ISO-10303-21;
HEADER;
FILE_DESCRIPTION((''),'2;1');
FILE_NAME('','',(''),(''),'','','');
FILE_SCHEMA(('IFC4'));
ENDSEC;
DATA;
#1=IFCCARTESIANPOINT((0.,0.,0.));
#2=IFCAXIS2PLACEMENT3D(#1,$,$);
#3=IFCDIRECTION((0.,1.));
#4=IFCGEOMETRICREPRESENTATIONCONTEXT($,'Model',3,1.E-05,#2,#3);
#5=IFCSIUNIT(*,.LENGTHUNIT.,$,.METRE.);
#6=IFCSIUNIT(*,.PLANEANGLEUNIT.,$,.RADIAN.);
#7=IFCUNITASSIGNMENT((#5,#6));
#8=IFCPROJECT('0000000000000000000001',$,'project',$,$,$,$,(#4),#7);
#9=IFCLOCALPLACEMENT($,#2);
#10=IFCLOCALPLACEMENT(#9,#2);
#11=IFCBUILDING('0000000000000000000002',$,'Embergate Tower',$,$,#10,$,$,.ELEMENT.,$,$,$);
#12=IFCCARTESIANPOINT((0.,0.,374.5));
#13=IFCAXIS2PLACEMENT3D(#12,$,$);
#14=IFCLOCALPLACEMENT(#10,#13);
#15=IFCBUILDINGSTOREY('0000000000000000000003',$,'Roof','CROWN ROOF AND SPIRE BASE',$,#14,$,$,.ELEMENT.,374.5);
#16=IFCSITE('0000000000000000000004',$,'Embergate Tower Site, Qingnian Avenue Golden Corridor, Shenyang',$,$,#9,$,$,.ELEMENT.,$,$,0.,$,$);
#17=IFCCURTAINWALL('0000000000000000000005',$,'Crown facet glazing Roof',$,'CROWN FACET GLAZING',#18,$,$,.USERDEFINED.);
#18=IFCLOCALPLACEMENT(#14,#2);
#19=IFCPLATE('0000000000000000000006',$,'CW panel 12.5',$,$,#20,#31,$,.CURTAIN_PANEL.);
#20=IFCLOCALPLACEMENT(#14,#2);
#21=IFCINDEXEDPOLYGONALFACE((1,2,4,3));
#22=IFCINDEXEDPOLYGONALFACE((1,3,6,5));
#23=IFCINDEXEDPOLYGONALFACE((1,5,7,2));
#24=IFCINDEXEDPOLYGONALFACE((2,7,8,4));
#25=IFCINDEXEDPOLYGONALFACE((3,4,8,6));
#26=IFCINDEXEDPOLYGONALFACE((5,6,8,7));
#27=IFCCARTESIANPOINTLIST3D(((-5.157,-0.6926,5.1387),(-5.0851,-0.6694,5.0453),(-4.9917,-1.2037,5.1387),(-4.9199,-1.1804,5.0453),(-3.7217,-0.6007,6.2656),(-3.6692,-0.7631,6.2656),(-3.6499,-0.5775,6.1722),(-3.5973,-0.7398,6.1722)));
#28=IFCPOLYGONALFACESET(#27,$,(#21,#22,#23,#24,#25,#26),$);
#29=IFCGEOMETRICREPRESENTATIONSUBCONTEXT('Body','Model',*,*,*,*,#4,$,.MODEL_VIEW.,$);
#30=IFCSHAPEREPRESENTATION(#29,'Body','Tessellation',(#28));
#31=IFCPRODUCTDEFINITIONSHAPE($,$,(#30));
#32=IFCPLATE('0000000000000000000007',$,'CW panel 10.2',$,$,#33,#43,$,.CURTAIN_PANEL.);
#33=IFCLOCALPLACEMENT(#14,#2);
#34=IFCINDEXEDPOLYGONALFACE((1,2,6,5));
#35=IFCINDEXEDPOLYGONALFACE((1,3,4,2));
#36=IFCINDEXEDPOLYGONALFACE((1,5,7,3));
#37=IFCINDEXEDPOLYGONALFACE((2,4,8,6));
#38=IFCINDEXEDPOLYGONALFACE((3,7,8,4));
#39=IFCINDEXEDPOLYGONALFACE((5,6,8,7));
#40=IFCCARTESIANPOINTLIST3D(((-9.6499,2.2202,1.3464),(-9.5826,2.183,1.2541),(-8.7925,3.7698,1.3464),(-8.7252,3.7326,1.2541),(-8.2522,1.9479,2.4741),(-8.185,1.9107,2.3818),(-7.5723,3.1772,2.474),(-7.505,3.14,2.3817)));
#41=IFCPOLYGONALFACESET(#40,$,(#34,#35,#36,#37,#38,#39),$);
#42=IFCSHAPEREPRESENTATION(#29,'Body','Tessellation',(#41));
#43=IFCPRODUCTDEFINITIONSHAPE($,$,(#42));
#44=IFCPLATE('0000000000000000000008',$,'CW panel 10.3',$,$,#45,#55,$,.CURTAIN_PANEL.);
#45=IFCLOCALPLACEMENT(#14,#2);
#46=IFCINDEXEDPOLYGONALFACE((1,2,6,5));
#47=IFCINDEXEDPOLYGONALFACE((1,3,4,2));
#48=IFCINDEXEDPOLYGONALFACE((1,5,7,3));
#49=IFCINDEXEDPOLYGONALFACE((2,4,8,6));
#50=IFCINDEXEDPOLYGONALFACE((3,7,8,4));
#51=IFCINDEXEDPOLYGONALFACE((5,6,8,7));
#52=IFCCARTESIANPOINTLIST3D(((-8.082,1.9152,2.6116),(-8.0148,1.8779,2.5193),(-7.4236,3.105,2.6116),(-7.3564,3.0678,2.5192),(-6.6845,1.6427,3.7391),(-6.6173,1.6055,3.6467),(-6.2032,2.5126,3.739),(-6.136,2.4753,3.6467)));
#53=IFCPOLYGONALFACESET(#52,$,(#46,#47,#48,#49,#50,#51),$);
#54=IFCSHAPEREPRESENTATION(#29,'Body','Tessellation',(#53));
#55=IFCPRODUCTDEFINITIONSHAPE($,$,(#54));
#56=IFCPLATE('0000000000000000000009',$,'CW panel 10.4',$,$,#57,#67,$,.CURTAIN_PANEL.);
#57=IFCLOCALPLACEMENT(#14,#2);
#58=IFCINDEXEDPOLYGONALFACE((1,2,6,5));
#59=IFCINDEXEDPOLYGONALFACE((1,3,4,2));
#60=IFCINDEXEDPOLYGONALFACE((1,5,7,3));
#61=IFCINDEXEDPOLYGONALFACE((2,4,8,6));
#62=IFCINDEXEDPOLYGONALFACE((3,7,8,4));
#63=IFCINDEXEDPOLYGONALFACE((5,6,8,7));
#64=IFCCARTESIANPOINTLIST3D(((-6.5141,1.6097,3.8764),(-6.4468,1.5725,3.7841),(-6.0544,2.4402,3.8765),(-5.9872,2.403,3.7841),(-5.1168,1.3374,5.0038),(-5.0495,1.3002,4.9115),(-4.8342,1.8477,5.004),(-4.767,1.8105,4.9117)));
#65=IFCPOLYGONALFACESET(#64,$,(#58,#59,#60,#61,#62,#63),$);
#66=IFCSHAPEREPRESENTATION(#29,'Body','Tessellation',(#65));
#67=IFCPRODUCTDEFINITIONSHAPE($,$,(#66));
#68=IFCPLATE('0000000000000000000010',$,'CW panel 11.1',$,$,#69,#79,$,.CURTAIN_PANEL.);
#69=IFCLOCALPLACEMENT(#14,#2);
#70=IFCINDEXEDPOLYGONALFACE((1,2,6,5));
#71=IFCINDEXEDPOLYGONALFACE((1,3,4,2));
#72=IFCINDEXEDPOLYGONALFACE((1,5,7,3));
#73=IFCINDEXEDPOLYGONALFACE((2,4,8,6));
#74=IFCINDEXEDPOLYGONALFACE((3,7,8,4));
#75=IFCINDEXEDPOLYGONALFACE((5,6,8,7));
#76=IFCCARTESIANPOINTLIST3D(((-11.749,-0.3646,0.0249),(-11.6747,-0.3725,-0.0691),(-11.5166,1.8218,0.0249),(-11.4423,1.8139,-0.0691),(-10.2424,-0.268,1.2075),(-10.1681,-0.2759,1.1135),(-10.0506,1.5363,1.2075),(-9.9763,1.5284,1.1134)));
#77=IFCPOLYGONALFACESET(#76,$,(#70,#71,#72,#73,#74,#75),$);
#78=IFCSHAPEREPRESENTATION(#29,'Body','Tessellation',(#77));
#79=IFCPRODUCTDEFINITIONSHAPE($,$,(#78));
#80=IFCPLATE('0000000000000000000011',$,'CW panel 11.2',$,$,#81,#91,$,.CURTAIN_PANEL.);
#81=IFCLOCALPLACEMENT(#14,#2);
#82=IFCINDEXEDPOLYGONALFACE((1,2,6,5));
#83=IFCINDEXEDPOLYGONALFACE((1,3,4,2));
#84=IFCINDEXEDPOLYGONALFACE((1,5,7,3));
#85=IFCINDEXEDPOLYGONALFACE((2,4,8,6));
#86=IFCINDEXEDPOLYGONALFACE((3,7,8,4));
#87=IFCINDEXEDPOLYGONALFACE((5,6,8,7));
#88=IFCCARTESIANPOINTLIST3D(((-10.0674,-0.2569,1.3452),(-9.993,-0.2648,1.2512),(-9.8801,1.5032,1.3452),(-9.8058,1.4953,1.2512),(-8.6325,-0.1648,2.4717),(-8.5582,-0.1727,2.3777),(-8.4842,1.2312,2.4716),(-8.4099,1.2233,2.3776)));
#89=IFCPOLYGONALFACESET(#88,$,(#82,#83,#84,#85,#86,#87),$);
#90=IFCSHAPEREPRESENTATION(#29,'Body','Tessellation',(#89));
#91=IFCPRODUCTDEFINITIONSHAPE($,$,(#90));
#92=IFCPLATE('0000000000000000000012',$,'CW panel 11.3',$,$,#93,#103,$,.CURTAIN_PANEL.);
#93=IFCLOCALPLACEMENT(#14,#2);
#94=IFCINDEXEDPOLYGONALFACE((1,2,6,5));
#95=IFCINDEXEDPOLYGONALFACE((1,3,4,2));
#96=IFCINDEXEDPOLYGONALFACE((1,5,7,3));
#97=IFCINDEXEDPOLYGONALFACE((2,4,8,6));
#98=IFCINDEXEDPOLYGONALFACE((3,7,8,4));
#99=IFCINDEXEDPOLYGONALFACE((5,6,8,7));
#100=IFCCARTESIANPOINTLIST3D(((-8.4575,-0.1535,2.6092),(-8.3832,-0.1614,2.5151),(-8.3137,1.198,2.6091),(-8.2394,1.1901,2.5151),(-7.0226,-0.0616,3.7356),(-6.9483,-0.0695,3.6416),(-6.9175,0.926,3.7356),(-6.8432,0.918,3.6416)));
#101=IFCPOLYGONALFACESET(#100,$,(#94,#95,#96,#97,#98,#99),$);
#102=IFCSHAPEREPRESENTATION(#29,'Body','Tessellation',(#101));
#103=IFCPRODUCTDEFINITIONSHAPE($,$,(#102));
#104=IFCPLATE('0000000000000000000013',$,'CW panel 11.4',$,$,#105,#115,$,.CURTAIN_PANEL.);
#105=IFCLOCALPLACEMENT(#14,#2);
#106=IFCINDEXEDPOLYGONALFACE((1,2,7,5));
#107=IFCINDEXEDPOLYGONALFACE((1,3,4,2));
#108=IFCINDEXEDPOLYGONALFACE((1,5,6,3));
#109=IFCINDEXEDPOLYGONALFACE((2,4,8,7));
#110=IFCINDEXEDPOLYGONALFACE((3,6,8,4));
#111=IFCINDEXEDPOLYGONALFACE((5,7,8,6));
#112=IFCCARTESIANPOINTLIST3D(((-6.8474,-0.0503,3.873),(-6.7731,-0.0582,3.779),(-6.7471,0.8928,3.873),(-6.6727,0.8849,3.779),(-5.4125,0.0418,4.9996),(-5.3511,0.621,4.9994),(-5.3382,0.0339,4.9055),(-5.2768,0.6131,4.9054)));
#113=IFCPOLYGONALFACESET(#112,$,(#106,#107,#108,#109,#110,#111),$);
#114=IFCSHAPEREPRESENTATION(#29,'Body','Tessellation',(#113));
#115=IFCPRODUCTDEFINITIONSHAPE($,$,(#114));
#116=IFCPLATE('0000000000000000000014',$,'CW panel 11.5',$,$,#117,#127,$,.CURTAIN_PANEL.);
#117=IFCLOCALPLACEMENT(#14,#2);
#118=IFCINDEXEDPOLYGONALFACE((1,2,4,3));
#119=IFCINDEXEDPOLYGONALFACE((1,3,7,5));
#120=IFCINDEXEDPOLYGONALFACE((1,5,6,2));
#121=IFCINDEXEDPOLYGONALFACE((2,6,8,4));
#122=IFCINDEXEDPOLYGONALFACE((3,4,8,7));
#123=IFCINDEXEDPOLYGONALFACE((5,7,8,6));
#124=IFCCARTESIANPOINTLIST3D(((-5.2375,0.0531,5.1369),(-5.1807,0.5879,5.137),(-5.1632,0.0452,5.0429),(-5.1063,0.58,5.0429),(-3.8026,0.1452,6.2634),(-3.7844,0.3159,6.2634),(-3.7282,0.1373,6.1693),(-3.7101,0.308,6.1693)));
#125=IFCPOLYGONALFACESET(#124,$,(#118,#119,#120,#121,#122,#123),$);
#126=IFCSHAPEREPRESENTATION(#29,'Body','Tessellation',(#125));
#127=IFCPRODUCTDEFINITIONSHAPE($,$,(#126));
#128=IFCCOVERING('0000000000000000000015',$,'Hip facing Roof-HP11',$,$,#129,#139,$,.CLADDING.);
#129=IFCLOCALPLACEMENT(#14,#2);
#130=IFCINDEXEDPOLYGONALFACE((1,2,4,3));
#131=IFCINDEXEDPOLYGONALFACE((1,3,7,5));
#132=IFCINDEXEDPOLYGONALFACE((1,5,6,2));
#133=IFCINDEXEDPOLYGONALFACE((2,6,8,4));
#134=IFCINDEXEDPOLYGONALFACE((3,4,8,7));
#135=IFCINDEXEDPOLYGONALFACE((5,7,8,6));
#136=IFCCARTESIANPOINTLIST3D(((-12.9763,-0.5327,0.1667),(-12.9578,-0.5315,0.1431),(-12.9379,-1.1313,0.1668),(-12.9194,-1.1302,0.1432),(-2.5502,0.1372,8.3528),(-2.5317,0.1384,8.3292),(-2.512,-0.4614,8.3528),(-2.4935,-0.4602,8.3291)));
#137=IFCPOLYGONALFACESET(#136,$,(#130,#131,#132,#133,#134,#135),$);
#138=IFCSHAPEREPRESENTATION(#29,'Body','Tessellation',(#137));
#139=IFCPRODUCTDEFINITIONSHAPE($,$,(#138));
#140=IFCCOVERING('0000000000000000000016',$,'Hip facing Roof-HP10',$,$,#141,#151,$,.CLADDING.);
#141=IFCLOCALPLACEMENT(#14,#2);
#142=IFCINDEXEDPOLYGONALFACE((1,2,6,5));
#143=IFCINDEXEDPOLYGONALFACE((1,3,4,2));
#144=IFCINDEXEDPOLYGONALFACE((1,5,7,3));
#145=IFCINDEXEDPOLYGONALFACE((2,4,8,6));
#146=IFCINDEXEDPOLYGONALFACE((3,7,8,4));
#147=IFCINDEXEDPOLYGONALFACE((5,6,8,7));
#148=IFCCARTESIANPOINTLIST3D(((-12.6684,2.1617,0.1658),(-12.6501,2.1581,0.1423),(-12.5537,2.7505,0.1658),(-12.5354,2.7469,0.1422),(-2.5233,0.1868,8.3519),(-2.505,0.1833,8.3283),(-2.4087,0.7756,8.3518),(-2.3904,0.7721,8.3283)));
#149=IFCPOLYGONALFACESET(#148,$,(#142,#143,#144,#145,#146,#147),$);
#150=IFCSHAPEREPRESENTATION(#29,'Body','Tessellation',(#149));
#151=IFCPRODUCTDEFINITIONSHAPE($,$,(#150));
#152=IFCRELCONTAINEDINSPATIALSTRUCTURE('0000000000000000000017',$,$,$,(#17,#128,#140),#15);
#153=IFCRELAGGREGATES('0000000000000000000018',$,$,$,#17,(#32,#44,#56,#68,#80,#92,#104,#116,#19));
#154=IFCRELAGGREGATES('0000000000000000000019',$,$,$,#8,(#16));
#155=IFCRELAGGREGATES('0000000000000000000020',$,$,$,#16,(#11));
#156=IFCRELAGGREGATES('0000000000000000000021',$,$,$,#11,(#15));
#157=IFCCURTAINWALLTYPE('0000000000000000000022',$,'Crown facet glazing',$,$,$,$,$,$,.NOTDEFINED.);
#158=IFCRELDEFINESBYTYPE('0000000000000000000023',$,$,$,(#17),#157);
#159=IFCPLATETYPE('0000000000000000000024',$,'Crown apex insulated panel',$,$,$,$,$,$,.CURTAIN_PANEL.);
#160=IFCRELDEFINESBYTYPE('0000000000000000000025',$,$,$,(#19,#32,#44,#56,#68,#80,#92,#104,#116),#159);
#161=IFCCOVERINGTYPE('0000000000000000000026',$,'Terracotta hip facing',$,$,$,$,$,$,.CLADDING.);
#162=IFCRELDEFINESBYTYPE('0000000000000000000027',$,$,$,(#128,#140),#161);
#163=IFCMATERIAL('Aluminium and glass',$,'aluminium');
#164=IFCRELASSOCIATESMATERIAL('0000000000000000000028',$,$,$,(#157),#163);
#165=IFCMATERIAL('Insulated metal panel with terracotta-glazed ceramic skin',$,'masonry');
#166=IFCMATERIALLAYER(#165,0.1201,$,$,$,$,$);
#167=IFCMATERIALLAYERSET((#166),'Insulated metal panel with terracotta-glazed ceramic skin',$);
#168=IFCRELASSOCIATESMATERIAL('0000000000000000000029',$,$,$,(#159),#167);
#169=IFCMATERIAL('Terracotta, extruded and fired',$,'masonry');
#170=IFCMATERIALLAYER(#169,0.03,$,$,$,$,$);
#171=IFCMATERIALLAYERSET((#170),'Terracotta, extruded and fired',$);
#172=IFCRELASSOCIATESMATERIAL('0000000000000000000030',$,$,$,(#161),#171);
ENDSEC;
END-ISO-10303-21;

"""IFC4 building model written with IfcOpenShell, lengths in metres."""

from ifc_helpers import new_model, si_unit, direction, frame, origin, place, context, subcontext, project, spatial, polyline, outline, extrude, source, transform, mapped, material, layer, layer_set, type_object, element, aggregate, save


model = new_model("IFC4")

# Units and contexts
model_context = context("Model", 3, precision=1e-05, world=origin(), true_north=direction((0.0, 1.0)))
body_context = subcontext(model_context, "Body", "Model", "MODEL_VIEW")
ifc_project = project(units=[si_unit("LENGTHUNIT", "METRE"), si_unit("PLANEANGLEUNIT", "RADIAN")], contexts=[model_context])

# Site, building, storey
site_placement = place(None, origin())
site = spatial("IfcSite", under=ifc_project, at=site_placement, Name="Embergate Tower Site, Qingnian Avenue Golden Corridor, Shenyang", CompositionType="ELEMENT", RefElevation=0.0)
building_placement = place(site_placement, origin())
building = spatial("IfcBuilding", under=site, at=building_placement, Name="Embergate Tower", CompositionType="ELEMENT")
storey_placement = place(building_placement, frame((0.0, 0.0, 374.5)))
storey = spatial("IfcBuildingStorey", under=building, at=storey_placement, Name="Roof", Description="CROWN ROOF AND SPIRE BASE", CompositionType="ELEMENT", Elevation=374.5)

# Curtain wall, plates
ifc_material_1 = material(Name="Aluminium and glass", Category="aluminium")
curtain_wall_type = type_object("IfcCurtainWallType", Name="Crown facet glazing", PredefinedType="NOTDEFINED", material=ifc_material_1)
curtain_wall_placement = place(storey_placement, origin())
curtain_wall = element("IfcCurtainWall", 1, at=curtain_wall_placement, inside=storey, type_object=curtain_wall_type, Name="Crown facet glazing Roof", ObjectType="CROWN FACET GLAZING", PredefinedType="USERDEFINED")
ifc_material_2 = material(Name="Insulated metal panel with terracotta-glazed ceramic skin", Category="masonry")
ifc_layer_1 = layer(ifc_material_2, 0.1201)
ifc_layer_set_1 = layer_set([ifc_layer_1], Name="Insulated metal panel with terracotta-glazed ceramic skin")
plate_type = type_object("IfcPlateType", Name="Crown apex insulated panel", PredefinedType="CURTAIN_PANEL", material=ifc_layer_set_1)
shared_shape_1 = source(origin(), body_context, "Body", "SweptSolid", [
    extrude(outline(polyline([(0.0, 0.0), (0.5371, 0.0), (0.5249, 1.7925), (0.3542, 1.7925), (0.0, 0.0)])), origin(), (0.0, 0.0, -1.0), 0.1201),
])
plate_1_placement = place(storey_placement, frame((-5.157, -0.6926, 5.1387), z_axis=(-0.598213, -0.193406, 0.777647), x_axis=(0.307707, -0.951481, 0.000068)))
plate_1 = element("IfcPlate", 2, at=plate_1_placement, type_object=plate_type, Name="CW panel 12.5", PredefinedType="CURTAIN_PANEL", context=body_context, shape_type="MappedRepresentation", body=[
    mapped(shared_shape_1, transform((0.0, 0.0, 0.0))),
])
shared_shape_2 = source(origin(), body_context, "Body", "SweptSolid", [
    extrude(outline(polyline([(0.0, 0.0), (1.771, 0.0), (1.3325, 1.7627), (-0.0723, 1.7625), (0.0, 0.0)])), origin(), (0.0, 0.0, -1.0), 0.1201),
])
plate_2_placement = place(storey_placement, frame((-8.7925, 3.7698, 1.3464), z_axis=(-0.559818, 0.309715, 0.768558), x_axis=(-0.484131, -0.874996, -0.000034)))
plate_2 = element("IfcPlate", 3, at=plate_2_placement, type_object=plate_type, Name="CW panel 10.2", PredefinedType="CURTAIN_PANEL", context=body_context, shape_type="MappedRepresentation", body=[
    mapped(shared_shape_2, transform((0.0, 0.0, 0.0))),
])
shared_shape_3 = source(origin(), body_context, "Body", "SweptSolid", [
    extrude(outline(polyline([(0.0, 0.0), (1.3599, 0.0), (0.9216, 1.7625), (-0.0725, 1.7625), (0.0, 0.0)])), origin(), (0.0, 0.0, -1.0), 0.1201),
])
plate_3_placement = place(storey_placement, frame((-7.4236, 3.105, 2.6116), z_axis=(-0.559705, 0.309775, 0.768616), x_axis=(-0.484196, -0.87496, 0.000044)))
plate_3 = element("IfcPlate", 4, at=plate_3_placement, type_object=plate_type, Name="CW panel 10.3", PredefinedType="CURTAIN_PANEL", context=body_context, shape_type="MappedRepresentation", body=[
    mapped(shared_shape_3, transform((0.0, 0.0, 0.0))),
])
shared_shape_4 = source(origin(), body_context, "Body", "SweptSolid", [
    extrude(outline(polyline([(0.0, 0.0), (0.9492, 0.0), (0.5107, 1.7622), (-0.0725, 1.7625), (0.0, 0.0)])), origin(), (0.0, 0.0, -1.0), 0.1201),
])
plate_4_placement = place(storey_placement, frame((-6.0544, 2.4402, 3.8765), z_axis=(-0.5598, 0.309728, 0.768565), x_axis=(-0.484208, -0.874953, -0.000081)))
plate_4 = element("IfcPlate", 5, at=plate_4_placement, type_object=plate_type, Name="CW panel 10.4", PredefinedType="CURTAIN_PANEL", context=body_context, shape_type="MappedRepresentation", body=[
    mapped(shared_shape_4, transform((0.0, 0.0, 0.0))),
])
shared_shape_5 = source(origin(), body_context, "Body", "SweptSolid", [
    extrude(outline(polyline([(0.0, 0.0), (2.1987, 0.0), (1.9434, 1.9006), (0.1289, 1.9006), (0.0, 0.0)])), origin(), (0.0, 0.0, -1.0), 0.1201),
])
plate_5_placement = place(storey_placement, frame((-11.5166, 1.8218, 0.0249), z_axis=(-0.618715, 0.065781, 0.782857), x_axis=(-0.10571, -0.994397, 0.00001)))
plate_5 = element("IfcPlate", 6, at=plate_5_placement, type_object=plate_type, Name="CW panel 11.1", PredefinedType="CURTAIN_PANEL", context=body_context, shape_type="MappedRepresentation", body=[
    mapped(shared_shape_5, transform((0.0, 0.0, 0.0))),
])
shared_shape_6 = source(origin(), body_context, "Body", "SweptSolid", [
    extrude(outline(polyline([(0.0, 0.0), (1.77, 0.0), (1.5266, 1.8103), (0.1228, 1.8101), (0.0, 0.0)])), origin(), (0.0, 0.0, -1.0), 0.1201),
])
plate_6_placement = place(storey_placement, frame((-9.8801, 1.5032, 1.3452), z_axis=(-0.618803, 0.06582, 0.782784), x_axis=(-0.105787, -0.994389, -0.000014)))
plate_6 = element("IfcPlate", 7, at=plate_6_placement, type_object=plate_type, Name="CW panel 11.2", PredefinedType="CURTAIN_PANEL", context=body_context, shape_type="MappedRepresentation", body=[
    mapped(shared_shape_6, transform((0.0, 0.0, 0.0))),
])
shared_shape_7 = source(origin(), body_context, "Body", "SweptSolid", [
    extrude(outline(polyline([(0.0, 0.0), (1.3591, 0.0), (1.116, 1.8103), (0.1228, 1.8103), (0.0, 0.0)])), origin(), (0.0, 0.0, -1.0), 0.1201),
])
plate_7_placement = place(storey_placement, frame((-8.3137, 1.198, 2.6091), z_axis=(-0.618766, 0.065874, 0.782809), x_axis=(-0.105823, -0.994385, 0.000032)))
plate_7 = element("IfcPlate", 8, at=plate_7_placement, type_object=plate_type, Name="CW panel 11.3", PredefinedType="CURTAIN_PANEL", context=body_context, shape_type="MappedRepresentation", body=[
    mapped(shared_shape_7, transform((0.0, 0.0, 0.0))),
])
shared_shape_8 = source(origin(), body_context, "Body", "SweptSolid", [
    extrude(outline(polyline([(0.0, 0.0), (0.9485, 0.0), (0.7051, 1.8103), (0.1226, 1.8101), (0.0, 0.0)])), origin(), (0.0, 0.0, -1.0), 0.1201),
])
plate_8_placement = place(storey_placement, frame((-6.7471, 0.8928, 3.873), z_axis=(-0.618809, 0.065791, 0.782782), x_axis=(-0.105768, -0.994391, -0.000037)))
plate_8 = element("IfcPlate", 9, at=plate_8_placement, type_object=plate_type, Name="CW panel 11.4", PredefinedType="CURTAIN_PANEL", context=body_context, shape_type="MappedRepresentation", body=[
    mapped(shared_shape_8, transform((0.0, 0.0, 0.0))),
])
shared_shape_9 = source(origin(), body_context, "Body", "SweptSolid", [
    extrude(outline(polyline([(0.0, 0.0), (0.5378, 0.0), (0.2944, 1.8103), (0.1228, 1.8103), (0.0, 0.0)])), origin(), (0.0, 0.0, -1.0), 0.1201),
])
plate_9_placement = place(storey_placement, frame((-5.1807, 0.5879, 5.137), z_axis=(-0.618748, 0.065729, 0.782835), x_axis=(-0.105704, -0.994398, -0.000056)))
plate_9 = element("IfcPlate", 10, at=plate_9_placement, type_object=plate_type, Name="CW panel 11.5", PredefinedType="CURTAIN_PANEL", context=body_context, shape_type="MappedRepresentation", body=[
    mapped(shared_shape_9, transform((0.0, 0.0, 0.0))),
])
aggregate(curtain_wall, [plate_2, plate_3, plate_4, plate_5, plate_6, plate_7, plate_8, plate_9, plate_1])

# Coverings
ifc_material_3 = material(Name="Terracotta, extruded and fired", Category="masonry")
ifc_layer_2 = layer(ifc_material_3, 0.03)
ifc_layer_set_2 = layer_set([ifc_layer_2], Name="Terracotta, extruded and fired")
covering_type = type_object("IfcCoveringType", Name="Terracotta hip facing", PredefinedType="CLADDING", material=ifc_layer_set_2)
shared_shape_10 = source(origin(), body_context, "Body", "SweptSolid", [
    extrude(outline(polyline([(0.0, 0.0), (13.2727, 0.0), (13.2725, -0.5999), (0.0, -0.5999), (0.0, 0.0)])), origin(), (0.0, 0.0, -1.0), 0.03),
])
covering_1_placement = place(storey_placement, frame((-12.9763, -0.5327, 0.1667), z_axis=(-0.615501, -0.03941, 0.78715), x_axis=(0.78553, 0.050474, 0.616762)))
element("IfcCovering", 11, at=covering_1_placement, inside=storey, type_object=covering_type, Name="Hip facing Roof-HP11", PredefinedType="CLADDING", context=body_context, shape_type="MappedRepresentation", body=[
    mapped(shared_shape_10, transform((0.0, 0.0, 0.0))),
])
shared_shape_11 = source(origin(), body_context, "Body", "SweptSolid", [
    extrude(outline(polyline([(0.0, 0.0), (13.1846, 0.0), (13.1846, -0.5999), (0.0, -0.5999), (0.0, 0.0)])), origin(), (0.0, 0.0, -1.0), 0.03),
])
covering_2_placement = place(storey_placement, frame((-12.5537, 2.7505, 0.1658), z_axis=(-0.609418, 0.118751, 0.783905), x_axis=(0.769462, -0.149785, 0.62088)))
element("IfcCovering", 12, at=covering_2_placement, inside=storey, type_object=covering_type, Name="Hip facing Roof-HP10", PredefinedType="CLADDING", context=body_context, shape_type="MappedRepresentation", body=[
    mapped(shared_shape_11, transform((0.0, 0.0, 0.0))),
])

save(model, "model.ifc")
